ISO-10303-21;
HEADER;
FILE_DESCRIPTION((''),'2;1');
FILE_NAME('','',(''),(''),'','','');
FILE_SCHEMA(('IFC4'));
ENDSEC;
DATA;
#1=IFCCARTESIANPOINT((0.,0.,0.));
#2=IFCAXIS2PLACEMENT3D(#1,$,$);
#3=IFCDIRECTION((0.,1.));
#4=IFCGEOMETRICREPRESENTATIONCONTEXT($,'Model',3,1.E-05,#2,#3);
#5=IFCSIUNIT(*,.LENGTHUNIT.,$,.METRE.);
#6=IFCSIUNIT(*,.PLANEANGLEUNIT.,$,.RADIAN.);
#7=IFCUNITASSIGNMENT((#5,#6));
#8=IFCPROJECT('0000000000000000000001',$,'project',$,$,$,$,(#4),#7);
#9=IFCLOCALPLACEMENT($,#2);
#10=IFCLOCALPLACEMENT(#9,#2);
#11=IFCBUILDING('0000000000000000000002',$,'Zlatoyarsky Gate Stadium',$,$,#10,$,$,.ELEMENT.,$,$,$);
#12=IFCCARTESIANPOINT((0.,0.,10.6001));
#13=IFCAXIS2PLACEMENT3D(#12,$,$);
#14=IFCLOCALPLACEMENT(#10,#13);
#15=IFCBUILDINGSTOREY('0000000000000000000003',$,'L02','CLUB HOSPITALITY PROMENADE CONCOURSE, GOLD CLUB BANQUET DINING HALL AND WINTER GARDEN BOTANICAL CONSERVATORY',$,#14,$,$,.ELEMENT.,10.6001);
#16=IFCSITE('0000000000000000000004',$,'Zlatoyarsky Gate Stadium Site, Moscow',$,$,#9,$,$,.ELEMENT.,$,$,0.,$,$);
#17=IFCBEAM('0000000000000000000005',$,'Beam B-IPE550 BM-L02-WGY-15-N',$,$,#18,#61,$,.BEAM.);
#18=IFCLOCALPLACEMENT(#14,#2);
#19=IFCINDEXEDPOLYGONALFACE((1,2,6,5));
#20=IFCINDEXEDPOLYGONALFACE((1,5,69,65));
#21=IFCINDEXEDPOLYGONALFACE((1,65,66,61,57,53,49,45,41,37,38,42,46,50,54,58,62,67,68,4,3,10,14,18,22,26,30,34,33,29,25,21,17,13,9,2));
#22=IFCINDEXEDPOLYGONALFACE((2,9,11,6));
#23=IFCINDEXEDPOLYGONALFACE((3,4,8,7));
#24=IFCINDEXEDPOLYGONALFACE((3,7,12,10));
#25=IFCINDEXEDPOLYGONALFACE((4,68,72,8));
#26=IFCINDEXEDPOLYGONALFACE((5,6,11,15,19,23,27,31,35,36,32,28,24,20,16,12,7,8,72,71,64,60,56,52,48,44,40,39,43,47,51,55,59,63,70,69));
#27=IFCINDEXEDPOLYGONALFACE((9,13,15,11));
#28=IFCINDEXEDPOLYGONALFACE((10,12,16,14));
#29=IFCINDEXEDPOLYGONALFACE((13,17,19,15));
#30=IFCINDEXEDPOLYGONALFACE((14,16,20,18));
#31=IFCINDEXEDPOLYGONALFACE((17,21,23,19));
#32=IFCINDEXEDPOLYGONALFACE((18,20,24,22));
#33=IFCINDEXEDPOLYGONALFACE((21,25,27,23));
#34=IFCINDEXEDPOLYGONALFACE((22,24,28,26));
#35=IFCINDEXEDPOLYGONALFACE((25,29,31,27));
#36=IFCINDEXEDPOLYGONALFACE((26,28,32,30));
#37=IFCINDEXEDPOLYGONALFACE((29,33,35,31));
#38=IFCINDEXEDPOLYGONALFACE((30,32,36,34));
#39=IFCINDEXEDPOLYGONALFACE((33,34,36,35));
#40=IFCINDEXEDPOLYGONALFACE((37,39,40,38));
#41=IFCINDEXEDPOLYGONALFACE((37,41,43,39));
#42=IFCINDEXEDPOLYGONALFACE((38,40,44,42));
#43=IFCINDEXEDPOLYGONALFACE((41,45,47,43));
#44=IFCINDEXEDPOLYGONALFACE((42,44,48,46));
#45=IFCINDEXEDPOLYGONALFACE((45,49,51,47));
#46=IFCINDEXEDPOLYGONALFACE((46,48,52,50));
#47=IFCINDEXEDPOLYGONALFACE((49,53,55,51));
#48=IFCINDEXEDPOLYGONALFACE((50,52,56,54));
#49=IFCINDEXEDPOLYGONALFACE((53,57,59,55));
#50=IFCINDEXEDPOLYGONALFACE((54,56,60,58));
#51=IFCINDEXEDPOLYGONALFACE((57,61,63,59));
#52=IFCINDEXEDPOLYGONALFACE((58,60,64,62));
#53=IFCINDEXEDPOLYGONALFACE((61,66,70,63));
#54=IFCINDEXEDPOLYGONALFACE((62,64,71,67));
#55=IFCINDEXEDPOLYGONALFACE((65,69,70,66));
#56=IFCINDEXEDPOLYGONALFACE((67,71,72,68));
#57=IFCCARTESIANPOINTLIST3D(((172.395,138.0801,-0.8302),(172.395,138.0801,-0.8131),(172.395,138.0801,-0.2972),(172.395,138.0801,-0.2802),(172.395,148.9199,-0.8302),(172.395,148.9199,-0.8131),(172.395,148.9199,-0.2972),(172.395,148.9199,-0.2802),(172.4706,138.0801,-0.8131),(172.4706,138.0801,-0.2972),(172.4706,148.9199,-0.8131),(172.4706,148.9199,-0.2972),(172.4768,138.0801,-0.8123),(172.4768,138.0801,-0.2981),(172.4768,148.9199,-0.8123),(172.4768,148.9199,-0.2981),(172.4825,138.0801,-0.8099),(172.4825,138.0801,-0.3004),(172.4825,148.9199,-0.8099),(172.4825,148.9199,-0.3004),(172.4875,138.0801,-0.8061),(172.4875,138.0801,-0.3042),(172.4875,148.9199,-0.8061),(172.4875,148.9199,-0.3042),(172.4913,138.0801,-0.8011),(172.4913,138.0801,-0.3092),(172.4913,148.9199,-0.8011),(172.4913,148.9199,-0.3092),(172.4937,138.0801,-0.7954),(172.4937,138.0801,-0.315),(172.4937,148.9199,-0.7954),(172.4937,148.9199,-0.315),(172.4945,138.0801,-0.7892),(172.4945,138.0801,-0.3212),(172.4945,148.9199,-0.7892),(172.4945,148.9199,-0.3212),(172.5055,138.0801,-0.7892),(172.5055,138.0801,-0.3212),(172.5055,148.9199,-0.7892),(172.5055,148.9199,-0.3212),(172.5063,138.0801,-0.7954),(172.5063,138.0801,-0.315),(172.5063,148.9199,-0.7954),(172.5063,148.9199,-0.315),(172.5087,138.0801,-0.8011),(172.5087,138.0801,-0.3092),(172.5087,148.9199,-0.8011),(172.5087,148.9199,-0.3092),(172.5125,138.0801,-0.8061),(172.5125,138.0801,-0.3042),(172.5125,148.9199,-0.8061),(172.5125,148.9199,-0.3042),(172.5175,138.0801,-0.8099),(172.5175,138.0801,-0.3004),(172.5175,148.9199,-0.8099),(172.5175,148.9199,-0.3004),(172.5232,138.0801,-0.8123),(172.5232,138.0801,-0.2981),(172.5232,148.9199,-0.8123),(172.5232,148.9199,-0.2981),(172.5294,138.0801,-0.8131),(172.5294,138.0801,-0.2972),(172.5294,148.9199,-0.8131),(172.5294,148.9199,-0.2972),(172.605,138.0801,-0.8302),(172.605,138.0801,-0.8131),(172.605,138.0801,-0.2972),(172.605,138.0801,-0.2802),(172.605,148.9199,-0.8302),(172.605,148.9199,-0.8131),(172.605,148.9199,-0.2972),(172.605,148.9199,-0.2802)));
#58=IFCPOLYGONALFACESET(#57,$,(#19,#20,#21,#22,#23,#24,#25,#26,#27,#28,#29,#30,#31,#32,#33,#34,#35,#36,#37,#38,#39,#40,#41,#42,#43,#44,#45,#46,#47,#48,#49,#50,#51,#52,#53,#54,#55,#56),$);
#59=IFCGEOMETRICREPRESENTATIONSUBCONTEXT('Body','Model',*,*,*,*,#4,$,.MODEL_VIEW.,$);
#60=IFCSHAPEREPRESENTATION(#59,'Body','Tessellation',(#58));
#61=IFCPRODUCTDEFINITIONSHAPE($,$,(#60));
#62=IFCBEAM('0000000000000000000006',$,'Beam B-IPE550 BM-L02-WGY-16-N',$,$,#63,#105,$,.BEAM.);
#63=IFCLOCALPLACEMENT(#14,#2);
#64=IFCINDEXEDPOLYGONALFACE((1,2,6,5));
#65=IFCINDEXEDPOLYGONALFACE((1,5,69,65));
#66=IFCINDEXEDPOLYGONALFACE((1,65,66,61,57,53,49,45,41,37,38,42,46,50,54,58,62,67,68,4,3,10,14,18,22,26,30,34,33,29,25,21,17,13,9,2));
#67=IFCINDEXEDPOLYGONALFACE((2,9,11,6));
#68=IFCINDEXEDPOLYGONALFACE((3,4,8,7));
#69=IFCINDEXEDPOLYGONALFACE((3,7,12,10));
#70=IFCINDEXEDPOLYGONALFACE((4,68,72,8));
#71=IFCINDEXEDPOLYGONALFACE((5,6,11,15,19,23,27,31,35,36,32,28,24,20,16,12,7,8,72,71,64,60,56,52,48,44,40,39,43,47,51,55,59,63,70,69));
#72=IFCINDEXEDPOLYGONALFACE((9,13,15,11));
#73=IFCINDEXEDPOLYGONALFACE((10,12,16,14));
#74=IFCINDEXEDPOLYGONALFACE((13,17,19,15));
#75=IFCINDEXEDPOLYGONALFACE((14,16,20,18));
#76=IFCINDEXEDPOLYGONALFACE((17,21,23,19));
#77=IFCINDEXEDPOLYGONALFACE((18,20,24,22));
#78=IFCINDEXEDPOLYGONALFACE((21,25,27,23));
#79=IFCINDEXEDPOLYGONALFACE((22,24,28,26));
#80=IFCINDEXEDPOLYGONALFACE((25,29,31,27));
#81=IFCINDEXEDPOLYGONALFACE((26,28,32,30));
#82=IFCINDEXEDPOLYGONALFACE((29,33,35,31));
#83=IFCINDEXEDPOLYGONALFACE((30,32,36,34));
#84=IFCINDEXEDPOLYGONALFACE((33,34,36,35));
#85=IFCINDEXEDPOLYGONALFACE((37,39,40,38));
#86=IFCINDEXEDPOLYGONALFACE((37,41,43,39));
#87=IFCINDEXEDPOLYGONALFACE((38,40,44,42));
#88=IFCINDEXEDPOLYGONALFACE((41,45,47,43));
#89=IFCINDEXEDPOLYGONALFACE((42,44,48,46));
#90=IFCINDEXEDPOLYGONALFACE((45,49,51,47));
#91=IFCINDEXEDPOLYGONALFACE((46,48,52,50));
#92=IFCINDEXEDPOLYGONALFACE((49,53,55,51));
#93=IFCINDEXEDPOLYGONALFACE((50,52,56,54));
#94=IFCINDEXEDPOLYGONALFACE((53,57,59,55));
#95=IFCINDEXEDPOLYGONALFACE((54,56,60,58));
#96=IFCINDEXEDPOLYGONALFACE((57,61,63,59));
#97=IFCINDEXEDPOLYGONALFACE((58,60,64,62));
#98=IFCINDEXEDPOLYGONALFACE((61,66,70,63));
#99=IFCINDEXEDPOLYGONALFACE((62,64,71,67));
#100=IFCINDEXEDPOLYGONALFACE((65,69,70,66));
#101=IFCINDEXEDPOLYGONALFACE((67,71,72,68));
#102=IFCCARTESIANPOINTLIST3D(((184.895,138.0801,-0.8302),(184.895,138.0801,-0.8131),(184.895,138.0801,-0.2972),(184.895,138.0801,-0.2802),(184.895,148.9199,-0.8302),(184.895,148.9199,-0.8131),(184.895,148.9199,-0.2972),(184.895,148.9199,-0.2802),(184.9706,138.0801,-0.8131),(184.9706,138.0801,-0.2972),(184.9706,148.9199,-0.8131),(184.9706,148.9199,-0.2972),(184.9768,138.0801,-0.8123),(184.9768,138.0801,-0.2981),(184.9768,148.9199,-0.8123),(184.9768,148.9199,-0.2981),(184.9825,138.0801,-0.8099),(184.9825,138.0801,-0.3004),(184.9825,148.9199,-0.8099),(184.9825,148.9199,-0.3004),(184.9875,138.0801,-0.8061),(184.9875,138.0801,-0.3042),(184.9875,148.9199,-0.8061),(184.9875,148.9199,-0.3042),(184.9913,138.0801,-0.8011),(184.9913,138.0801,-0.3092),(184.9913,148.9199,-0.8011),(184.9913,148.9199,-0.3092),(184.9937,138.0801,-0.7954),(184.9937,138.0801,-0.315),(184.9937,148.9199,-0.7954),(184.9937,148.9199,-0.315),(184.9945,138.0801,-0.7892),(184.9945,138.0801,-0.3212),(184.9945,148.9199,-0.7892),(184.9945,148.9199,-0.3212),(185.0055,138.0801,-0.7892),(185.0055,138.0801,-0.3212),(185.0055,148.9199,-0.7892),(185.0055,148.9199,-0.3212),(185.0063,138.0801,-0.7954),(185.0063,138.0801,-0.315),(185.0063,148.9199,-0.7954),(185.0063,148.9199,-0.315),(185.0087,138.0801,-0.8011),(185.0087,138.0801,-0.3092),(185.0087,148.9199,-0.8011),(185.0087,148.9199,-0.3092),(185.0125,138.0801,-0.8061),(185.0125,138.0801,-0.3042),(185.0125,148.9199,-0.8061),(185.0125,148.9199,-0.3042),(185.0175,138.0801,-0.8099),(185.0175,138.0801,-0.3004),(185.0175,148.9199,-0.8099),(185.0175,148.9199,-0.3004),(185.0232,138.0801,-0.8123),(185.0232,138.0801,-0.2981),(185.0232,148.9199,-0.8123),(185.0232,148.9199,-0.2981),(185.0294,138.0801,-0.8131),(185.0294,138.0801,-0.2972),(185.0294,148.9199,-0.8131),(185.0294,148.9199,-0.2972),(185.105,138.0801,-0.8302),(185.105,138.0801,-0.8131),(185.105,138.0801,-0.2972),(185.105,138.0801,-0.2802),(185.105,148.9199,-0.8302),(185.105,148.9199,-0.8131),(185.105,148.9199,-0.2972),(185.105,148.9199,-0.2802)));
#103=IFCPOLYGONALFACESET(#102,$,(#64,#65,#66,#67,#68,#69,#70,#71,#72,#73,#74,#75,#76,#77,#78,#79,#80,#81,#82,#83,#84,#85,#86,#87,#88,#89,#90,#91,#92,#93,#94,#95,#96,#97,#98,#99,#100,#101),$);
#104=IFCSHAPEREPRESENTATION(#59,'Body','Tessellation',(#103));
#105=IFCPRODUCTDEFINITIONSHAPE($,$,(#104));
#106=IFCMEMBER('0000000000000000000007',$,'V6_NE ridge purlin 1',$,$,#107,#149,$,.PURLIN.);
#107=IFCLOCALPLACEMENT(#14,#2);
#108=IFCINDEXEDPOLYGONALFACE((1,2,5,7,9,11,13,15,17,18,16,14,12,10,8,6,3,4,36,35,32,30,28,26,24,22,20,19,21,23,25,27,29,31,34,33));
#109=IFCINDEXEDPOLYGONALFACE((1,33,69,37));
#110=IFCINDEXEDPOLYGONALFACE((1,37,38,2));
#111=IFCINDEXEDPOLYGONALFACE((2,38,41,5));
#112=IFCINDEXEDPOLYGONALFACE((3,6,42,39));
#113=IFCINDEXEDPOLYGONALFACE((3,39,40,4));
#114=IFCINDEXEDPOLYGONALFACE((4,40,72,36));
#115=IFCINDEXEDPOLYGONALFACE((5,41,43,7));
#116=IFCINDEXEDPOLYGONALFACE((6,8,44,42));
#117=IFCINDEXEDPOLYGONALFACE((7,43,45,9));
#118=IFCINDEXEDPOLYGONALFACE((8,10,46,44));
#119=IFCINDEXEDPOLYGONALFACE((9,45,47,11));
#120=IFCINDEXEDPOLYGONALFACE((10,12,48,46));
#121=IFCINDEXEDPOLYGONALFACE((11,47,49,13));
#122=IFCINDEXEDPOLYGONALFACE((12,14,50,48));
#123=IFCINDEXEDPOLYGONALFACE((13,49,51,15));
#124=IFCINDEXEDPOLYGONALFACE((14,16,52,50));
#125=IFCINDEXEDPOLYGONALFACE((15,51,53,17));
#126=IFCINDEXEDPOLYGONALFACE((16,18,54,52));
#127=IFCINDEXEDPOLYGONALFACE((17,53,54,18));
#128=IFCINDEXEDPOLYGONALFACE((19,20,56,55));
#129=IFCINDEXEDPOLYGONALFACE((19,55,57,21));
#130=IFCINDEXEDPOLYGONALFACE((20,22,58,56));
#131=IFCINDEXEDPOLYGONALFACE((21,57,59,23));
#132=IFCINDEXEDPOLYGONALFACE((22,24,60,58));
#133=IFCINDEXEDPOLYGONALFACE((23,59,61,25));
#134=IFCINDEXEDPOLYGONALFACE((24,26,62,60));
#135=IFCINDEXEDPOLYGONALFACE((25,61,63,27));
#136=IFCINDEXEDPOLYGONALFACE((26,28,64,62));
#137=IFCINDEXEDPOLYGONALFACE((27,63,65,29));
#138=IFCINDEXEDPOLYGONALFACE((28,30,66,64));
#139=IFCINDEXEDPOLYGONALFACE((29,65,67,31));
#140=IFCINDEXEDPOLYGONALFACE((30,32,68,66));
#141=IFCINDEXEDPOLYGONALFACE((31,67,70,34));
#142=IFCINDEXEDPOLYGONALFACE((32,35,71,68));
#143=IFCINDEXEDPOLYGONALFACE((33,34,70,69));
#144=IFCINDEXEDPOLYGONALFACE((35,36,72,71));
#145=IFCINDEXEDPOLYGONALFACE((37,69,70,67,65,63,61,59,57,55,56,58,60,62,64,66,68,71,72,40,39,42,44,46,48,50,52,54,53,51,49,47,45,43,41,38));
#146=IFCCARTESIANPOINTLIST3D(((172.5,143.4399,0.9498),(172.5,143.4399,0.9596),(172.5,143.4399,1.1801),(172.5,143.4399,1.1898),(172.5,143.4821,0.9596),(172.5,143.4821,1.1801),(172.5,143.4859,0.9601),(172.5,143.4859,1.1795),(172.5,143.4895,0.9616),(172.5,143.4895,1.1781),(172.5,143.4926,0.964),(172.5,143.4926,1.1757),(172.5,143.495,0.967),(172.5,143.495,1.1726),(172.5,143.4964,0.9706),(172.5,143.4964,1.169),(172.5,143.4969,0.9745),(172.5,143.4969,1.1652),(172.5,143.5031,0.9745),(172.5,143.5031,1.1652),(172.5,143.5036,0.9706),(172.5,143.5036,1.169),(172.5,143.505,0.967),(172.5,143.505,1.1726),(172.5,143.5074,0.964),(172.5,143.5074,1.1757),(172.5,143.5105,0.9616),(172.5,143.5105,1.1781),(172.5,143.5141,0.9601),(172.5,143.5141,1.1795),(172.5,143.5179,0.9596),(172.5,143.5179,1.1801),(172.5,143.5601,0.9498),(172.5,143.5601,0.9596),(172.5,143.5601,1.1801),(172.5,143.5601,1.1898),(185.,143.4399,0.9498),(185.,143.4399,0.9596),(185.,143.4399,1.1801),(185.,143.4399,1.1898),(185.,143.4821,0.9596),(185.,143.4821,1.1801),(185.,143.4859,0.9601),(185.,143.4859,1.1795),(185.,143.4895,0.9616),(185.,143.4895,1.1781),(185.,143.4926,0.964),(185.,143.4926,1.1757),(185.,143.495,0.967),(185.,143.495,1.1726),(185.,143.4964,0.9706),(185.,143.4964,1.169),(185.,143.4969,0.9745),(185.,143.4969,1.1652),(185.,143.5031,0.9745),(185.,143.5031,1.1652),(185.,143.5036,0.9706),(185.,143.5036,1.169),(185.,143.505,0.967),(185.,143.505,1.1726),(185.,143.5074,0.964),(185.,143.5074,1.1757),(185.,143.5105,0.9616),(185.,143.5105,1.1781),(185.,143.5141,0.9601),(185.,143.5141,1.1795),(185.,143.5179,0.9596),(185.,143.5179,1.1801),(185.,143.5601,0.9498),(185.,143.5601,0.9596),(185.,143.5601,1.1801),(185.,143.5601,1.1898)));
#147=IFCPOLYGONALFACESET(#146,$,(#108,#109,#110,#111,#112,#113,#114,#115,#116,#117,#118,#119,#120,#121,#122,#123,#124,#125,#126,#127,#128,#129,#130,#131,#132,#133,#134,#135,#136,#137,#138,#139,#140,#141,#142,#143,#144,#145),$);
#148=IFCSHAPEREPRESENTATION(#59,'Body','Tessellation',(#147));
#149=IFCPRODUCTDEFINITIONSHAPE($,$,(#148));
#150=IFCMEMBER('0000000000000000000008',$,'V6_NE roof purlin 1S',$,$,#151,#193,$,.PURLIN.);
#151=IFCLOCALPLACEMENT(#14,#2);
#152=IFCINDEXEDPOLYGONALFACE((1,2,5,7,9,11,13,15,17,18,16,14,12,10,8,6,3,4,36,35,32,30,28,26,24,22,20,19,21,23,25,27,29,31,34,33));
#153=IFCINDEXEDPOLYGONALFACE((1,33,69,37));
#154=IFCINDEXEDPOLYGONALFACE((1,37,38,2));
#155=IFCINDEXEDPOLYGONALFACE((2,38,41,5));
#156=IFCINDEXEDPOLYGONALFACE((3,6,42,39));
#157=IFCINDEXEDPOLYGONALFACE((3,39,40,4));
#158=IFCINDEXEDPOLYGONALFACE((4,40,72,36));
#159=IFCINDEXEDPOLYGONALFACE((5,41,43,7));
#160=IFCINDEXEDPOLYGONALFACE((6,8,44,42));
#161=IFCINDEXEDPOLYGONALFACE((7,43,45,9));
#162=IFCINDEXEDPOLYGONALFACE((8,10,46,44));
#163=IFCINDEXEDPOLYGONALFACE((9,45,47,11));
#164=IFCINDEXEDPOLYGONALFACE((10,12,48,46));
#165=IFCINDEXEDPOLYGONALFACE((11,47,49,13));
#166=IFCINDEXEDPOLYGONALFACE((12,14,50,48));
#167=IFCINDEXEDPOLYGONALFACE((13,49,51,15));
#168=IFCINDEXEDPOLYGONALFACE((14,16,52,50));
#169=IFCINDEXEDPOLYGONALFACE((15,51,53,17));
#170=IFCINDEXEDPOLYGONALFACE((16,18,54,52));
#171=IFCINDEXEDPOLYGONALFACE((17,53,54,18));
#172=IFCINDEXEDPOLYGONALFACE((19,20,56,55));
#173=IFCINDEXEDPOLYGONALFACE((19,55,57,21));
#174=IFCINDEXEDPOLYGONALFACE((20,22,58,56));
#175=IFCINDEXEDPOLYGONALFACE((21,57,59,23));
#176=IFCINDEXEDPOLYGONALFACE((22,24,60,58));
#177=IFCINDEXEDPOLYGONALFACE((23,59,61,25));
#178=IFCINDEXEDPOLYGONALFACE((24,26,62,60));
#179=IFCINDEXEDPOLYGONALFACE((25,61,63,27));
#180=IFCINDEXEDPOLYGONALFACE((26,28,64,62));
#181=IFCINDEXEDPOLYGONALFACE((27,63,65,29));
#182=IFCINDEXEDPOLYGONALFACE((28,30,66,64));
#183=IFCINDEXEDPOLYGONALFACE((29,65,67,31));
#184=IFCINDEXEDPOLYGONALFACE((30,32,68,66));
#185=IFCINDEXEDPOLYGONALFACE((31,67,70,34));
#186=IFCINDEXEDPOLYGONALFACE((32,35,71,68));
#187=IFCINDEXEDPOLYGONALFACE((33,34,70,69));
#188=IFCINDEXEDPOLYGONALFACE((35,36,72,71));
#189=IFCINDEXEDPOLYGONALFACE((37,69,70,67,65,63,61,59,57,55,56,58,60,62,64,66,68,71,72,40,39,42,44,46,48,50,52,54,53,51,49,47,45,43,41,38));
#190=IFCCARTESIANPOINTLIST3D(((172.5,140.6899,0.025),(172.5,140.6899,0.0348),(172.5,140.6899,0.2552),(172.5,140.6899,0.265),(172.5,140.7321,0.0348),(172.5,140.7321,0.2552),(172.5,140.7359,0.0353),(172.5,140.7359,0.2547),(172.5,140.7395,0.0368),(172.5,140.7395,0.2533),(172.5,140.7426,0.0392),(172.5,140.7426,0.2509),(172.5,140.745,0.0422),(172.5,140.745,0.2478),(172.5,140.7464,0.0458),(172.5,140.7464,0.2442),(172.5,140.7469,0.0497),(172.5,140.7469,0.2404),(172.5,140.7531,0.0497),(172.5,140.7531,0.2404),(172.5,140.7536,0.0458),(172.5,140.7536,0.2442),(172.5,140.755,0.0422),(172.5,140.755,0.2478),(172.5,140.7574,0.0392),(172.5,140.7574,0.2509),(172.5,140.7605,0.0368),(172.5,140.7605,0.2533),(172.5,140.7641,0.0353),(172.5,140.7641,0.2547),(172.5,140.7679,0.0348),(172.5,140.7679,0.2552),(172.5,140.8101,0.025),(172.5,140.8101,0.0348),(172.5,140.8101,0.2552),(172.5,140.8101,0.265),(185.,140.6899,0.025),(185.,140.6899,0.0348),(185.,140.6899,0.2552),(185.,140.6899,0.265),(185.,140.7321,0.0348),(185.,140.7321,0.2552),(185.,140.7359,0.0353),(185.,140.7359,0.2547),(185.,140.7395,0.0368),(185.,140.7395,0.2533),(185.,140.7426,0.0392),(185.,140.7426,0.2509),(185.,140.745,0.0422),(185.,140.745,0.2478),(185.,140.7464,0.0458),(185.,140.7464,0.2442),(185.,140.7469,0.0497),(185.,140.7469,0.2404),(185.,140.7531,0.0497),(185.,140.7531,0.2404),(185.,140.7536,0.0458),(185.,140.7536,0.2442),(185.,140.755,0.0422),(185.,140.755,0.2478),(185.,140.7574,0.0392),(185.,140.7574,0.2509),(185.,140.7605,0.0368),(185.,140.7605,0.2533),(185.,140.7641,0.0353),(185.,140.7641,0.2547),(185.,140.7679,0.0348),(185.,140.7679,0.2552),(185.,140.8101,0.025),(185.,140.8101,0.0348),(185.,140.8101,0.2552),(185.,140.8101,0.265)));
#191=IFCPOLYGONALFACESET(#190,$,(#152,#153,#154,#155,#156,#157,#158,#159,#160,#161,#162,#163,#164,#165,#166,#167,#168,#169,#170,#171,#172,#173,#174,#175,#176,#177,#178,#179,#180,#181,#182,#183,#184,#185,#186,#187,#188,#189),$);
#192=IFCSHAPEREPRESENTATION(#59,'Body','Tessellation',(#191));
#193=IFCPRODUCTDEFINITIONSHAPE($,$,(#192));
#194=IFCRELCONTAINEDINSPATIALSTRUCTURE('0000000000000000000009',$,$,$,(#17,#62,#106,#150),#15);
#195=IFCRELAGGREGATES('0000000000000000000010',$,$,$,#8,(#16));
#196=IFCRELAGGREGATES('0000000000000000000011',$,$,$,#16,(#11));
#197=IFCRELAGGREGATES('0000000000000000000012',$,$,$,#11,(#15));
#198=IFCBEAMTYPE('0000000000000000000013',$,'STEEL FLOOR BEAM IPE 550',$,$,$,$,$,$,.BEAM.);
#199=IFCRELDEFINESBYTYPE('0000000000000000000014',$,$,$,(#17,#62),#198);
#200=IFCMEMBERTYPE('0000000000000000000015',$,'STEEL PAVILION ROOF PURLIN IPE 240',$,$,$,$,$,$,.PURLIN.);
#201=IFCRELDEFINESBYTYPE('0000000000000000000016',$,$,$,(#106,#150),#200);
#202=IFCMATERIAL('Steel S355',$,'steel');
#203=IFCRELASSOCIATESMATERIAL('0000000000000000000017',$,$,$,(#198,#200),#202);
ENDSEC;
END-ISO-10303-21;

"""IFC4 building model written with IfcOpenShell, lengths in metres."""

from ifc_helpers import new_model, si_unit, direction, frame, origin, origin_2d, place, context, subcontext, project, spatial, i_section, extrude, material, material_profile, profile_set, type_object, element, save


model = new_model("IFC4")

# Units and contexts
model_context = context("Model", 3, precision=1e-05, world=origin(), true_north=direction((0.0, 1.0)))
body_context = subcontext(model_context, "Body", "Model", "MODEL_VIEW")
ifc_project = project(units=[si_unit("LENGTHUNIT", "METRE"), si_unit("PLANEANGLEUNIT", "RADIAN")], contexts=[model_context])

# Site, building, storey
site_placement = place(None, origin())
site = spatial("IfcSite", under=ifc_project, at=site_placement, Name="Zlatoyarsky Gate Stadium Site, Moscow", CompositionType="ELEMENT", RefElevation=0.0)
building_placement = place(site_placement, origin())
building = spatial("IfcBuilding", under=site, at=building_placement, Name="Zlatoyarsky Gate Stadium", CompositionType="ELEMENT")
storey_placement = place(building_placement, frame((0.0, 0.0, 10.6001)))
storey = spatial("IfcBuildingStorey", under=building, at=storey_placement, Name="L02", Description="CLUB HOSPITALITY PROMENADE CONCOURSE, GOLD CLUB BANQUET DINING HALL AND WINTER GARDEN BOTANICAL CONSERVATORY", CompositionType="ELEMENT", Elevation=10.6001)

# Beams
ifc_material_1 = material(Name="Steel S355", Category="steel")
ifc_material_profile_1 = material_profile(ifc_material_1, i_section(OverallWidth=0.21, OverallDepth=0.55, WebThickness=0.011, FlangeThickness=0.0171, FilletRadius=0.0239, at=origin_2d()), Name="IPE 550")
ifc_profile_set_1 = profile_set([ifc_material_profile_1], Name="Steel S355")
beam_type_1 = type_object("IfcBeamType", Name="STEEL FLOOR BEAM IPE 550", PredefinedType="BEAM", material=ifc_profile_set_1)
for number, where, z_axis, x_axis, name in (
    (1, (172.5, 138.0801, -0.5552), (0.0, 1.0, 0.0), (-1.0, 0.0, 0.0), "Beam B-IPE550 BM-L02-WGY-15-N"),
    (2, (185.0, 138.0801, -0.5552), (0.0, 1.0, 0.0), (-1.0, 0.0, 0.0), "Beam B-IPE550 BM-L02-WGY-16-N"),
):
    element("IfcBeam", number, at=place(storey_placement, frame(where, z_axis=z_axis, x_axis=x_axis)), inside=storey, type_object=beam_type_1, Name=name, PredefinedType="BEAM", context=body_context, shape_type="SweptSolid", body=[
        extrude(i_section(OverallWidth=0.21, OverallDepth=0.55, WebThickness=0.011, FlangeThickness=0.0171, FilletRadius=0.0239, at=origin_2d()), origin(), (0.0, 0.0, 1.0), 10.8398),
    ])

# Members
ifc_material_profile_2 = material_profile(ifc_material_1, i_section(OverallWidth=0.1201, OverallDepth=0.24, WebThickness=0.0061, FlangeThickness=0.0098, FilletRadius=0.0149, at=origin_2d()), Name="IPE 240")
ifc_profile_set_2 = profile_set([ifc_material_profile_2], Name="Steel S355")
member_type_1 = type_object("IfcMemberType", Name="STEEL PAVILION ROOF PURLIN IPE 240", PredefinedType="PURLIN", material=ifc_profile_set_2)
for number, where, z_axis, x_axis, name in (
    (3, (172.5, 143.5, 1.0698), (1.0, 0.0, 0.0), (0.0, 1.0, 0.0), "V6_NE ridge purlin 1"),
    (4, (172.5, 140.75, 0.145), (1.0, 0.0, 0.0), (0.0, 1.0, 0.0), "V6_NE roof purlin 1S"),
):
    element("IfcMember", number, at=place(storey_placement, frame(where, z_axis=z_axis, x_axis=x_axis)), inside=storey, type_object=member_type_1, Name=name, PredefinedType="PURLIN", context=body_context, shape_type="SweptSolid", body=[
        extrude(i_section(OverallWidth=0.1201, OverallDepth=0.24, WebThickness=0.0061, FlangeThickness=0.0098, FilletRadius=0.0149, at=origin_2d()), origin(), (0.0, 0.0, 1.0), 12.5),
    ])

save(model, "model.ifc")
